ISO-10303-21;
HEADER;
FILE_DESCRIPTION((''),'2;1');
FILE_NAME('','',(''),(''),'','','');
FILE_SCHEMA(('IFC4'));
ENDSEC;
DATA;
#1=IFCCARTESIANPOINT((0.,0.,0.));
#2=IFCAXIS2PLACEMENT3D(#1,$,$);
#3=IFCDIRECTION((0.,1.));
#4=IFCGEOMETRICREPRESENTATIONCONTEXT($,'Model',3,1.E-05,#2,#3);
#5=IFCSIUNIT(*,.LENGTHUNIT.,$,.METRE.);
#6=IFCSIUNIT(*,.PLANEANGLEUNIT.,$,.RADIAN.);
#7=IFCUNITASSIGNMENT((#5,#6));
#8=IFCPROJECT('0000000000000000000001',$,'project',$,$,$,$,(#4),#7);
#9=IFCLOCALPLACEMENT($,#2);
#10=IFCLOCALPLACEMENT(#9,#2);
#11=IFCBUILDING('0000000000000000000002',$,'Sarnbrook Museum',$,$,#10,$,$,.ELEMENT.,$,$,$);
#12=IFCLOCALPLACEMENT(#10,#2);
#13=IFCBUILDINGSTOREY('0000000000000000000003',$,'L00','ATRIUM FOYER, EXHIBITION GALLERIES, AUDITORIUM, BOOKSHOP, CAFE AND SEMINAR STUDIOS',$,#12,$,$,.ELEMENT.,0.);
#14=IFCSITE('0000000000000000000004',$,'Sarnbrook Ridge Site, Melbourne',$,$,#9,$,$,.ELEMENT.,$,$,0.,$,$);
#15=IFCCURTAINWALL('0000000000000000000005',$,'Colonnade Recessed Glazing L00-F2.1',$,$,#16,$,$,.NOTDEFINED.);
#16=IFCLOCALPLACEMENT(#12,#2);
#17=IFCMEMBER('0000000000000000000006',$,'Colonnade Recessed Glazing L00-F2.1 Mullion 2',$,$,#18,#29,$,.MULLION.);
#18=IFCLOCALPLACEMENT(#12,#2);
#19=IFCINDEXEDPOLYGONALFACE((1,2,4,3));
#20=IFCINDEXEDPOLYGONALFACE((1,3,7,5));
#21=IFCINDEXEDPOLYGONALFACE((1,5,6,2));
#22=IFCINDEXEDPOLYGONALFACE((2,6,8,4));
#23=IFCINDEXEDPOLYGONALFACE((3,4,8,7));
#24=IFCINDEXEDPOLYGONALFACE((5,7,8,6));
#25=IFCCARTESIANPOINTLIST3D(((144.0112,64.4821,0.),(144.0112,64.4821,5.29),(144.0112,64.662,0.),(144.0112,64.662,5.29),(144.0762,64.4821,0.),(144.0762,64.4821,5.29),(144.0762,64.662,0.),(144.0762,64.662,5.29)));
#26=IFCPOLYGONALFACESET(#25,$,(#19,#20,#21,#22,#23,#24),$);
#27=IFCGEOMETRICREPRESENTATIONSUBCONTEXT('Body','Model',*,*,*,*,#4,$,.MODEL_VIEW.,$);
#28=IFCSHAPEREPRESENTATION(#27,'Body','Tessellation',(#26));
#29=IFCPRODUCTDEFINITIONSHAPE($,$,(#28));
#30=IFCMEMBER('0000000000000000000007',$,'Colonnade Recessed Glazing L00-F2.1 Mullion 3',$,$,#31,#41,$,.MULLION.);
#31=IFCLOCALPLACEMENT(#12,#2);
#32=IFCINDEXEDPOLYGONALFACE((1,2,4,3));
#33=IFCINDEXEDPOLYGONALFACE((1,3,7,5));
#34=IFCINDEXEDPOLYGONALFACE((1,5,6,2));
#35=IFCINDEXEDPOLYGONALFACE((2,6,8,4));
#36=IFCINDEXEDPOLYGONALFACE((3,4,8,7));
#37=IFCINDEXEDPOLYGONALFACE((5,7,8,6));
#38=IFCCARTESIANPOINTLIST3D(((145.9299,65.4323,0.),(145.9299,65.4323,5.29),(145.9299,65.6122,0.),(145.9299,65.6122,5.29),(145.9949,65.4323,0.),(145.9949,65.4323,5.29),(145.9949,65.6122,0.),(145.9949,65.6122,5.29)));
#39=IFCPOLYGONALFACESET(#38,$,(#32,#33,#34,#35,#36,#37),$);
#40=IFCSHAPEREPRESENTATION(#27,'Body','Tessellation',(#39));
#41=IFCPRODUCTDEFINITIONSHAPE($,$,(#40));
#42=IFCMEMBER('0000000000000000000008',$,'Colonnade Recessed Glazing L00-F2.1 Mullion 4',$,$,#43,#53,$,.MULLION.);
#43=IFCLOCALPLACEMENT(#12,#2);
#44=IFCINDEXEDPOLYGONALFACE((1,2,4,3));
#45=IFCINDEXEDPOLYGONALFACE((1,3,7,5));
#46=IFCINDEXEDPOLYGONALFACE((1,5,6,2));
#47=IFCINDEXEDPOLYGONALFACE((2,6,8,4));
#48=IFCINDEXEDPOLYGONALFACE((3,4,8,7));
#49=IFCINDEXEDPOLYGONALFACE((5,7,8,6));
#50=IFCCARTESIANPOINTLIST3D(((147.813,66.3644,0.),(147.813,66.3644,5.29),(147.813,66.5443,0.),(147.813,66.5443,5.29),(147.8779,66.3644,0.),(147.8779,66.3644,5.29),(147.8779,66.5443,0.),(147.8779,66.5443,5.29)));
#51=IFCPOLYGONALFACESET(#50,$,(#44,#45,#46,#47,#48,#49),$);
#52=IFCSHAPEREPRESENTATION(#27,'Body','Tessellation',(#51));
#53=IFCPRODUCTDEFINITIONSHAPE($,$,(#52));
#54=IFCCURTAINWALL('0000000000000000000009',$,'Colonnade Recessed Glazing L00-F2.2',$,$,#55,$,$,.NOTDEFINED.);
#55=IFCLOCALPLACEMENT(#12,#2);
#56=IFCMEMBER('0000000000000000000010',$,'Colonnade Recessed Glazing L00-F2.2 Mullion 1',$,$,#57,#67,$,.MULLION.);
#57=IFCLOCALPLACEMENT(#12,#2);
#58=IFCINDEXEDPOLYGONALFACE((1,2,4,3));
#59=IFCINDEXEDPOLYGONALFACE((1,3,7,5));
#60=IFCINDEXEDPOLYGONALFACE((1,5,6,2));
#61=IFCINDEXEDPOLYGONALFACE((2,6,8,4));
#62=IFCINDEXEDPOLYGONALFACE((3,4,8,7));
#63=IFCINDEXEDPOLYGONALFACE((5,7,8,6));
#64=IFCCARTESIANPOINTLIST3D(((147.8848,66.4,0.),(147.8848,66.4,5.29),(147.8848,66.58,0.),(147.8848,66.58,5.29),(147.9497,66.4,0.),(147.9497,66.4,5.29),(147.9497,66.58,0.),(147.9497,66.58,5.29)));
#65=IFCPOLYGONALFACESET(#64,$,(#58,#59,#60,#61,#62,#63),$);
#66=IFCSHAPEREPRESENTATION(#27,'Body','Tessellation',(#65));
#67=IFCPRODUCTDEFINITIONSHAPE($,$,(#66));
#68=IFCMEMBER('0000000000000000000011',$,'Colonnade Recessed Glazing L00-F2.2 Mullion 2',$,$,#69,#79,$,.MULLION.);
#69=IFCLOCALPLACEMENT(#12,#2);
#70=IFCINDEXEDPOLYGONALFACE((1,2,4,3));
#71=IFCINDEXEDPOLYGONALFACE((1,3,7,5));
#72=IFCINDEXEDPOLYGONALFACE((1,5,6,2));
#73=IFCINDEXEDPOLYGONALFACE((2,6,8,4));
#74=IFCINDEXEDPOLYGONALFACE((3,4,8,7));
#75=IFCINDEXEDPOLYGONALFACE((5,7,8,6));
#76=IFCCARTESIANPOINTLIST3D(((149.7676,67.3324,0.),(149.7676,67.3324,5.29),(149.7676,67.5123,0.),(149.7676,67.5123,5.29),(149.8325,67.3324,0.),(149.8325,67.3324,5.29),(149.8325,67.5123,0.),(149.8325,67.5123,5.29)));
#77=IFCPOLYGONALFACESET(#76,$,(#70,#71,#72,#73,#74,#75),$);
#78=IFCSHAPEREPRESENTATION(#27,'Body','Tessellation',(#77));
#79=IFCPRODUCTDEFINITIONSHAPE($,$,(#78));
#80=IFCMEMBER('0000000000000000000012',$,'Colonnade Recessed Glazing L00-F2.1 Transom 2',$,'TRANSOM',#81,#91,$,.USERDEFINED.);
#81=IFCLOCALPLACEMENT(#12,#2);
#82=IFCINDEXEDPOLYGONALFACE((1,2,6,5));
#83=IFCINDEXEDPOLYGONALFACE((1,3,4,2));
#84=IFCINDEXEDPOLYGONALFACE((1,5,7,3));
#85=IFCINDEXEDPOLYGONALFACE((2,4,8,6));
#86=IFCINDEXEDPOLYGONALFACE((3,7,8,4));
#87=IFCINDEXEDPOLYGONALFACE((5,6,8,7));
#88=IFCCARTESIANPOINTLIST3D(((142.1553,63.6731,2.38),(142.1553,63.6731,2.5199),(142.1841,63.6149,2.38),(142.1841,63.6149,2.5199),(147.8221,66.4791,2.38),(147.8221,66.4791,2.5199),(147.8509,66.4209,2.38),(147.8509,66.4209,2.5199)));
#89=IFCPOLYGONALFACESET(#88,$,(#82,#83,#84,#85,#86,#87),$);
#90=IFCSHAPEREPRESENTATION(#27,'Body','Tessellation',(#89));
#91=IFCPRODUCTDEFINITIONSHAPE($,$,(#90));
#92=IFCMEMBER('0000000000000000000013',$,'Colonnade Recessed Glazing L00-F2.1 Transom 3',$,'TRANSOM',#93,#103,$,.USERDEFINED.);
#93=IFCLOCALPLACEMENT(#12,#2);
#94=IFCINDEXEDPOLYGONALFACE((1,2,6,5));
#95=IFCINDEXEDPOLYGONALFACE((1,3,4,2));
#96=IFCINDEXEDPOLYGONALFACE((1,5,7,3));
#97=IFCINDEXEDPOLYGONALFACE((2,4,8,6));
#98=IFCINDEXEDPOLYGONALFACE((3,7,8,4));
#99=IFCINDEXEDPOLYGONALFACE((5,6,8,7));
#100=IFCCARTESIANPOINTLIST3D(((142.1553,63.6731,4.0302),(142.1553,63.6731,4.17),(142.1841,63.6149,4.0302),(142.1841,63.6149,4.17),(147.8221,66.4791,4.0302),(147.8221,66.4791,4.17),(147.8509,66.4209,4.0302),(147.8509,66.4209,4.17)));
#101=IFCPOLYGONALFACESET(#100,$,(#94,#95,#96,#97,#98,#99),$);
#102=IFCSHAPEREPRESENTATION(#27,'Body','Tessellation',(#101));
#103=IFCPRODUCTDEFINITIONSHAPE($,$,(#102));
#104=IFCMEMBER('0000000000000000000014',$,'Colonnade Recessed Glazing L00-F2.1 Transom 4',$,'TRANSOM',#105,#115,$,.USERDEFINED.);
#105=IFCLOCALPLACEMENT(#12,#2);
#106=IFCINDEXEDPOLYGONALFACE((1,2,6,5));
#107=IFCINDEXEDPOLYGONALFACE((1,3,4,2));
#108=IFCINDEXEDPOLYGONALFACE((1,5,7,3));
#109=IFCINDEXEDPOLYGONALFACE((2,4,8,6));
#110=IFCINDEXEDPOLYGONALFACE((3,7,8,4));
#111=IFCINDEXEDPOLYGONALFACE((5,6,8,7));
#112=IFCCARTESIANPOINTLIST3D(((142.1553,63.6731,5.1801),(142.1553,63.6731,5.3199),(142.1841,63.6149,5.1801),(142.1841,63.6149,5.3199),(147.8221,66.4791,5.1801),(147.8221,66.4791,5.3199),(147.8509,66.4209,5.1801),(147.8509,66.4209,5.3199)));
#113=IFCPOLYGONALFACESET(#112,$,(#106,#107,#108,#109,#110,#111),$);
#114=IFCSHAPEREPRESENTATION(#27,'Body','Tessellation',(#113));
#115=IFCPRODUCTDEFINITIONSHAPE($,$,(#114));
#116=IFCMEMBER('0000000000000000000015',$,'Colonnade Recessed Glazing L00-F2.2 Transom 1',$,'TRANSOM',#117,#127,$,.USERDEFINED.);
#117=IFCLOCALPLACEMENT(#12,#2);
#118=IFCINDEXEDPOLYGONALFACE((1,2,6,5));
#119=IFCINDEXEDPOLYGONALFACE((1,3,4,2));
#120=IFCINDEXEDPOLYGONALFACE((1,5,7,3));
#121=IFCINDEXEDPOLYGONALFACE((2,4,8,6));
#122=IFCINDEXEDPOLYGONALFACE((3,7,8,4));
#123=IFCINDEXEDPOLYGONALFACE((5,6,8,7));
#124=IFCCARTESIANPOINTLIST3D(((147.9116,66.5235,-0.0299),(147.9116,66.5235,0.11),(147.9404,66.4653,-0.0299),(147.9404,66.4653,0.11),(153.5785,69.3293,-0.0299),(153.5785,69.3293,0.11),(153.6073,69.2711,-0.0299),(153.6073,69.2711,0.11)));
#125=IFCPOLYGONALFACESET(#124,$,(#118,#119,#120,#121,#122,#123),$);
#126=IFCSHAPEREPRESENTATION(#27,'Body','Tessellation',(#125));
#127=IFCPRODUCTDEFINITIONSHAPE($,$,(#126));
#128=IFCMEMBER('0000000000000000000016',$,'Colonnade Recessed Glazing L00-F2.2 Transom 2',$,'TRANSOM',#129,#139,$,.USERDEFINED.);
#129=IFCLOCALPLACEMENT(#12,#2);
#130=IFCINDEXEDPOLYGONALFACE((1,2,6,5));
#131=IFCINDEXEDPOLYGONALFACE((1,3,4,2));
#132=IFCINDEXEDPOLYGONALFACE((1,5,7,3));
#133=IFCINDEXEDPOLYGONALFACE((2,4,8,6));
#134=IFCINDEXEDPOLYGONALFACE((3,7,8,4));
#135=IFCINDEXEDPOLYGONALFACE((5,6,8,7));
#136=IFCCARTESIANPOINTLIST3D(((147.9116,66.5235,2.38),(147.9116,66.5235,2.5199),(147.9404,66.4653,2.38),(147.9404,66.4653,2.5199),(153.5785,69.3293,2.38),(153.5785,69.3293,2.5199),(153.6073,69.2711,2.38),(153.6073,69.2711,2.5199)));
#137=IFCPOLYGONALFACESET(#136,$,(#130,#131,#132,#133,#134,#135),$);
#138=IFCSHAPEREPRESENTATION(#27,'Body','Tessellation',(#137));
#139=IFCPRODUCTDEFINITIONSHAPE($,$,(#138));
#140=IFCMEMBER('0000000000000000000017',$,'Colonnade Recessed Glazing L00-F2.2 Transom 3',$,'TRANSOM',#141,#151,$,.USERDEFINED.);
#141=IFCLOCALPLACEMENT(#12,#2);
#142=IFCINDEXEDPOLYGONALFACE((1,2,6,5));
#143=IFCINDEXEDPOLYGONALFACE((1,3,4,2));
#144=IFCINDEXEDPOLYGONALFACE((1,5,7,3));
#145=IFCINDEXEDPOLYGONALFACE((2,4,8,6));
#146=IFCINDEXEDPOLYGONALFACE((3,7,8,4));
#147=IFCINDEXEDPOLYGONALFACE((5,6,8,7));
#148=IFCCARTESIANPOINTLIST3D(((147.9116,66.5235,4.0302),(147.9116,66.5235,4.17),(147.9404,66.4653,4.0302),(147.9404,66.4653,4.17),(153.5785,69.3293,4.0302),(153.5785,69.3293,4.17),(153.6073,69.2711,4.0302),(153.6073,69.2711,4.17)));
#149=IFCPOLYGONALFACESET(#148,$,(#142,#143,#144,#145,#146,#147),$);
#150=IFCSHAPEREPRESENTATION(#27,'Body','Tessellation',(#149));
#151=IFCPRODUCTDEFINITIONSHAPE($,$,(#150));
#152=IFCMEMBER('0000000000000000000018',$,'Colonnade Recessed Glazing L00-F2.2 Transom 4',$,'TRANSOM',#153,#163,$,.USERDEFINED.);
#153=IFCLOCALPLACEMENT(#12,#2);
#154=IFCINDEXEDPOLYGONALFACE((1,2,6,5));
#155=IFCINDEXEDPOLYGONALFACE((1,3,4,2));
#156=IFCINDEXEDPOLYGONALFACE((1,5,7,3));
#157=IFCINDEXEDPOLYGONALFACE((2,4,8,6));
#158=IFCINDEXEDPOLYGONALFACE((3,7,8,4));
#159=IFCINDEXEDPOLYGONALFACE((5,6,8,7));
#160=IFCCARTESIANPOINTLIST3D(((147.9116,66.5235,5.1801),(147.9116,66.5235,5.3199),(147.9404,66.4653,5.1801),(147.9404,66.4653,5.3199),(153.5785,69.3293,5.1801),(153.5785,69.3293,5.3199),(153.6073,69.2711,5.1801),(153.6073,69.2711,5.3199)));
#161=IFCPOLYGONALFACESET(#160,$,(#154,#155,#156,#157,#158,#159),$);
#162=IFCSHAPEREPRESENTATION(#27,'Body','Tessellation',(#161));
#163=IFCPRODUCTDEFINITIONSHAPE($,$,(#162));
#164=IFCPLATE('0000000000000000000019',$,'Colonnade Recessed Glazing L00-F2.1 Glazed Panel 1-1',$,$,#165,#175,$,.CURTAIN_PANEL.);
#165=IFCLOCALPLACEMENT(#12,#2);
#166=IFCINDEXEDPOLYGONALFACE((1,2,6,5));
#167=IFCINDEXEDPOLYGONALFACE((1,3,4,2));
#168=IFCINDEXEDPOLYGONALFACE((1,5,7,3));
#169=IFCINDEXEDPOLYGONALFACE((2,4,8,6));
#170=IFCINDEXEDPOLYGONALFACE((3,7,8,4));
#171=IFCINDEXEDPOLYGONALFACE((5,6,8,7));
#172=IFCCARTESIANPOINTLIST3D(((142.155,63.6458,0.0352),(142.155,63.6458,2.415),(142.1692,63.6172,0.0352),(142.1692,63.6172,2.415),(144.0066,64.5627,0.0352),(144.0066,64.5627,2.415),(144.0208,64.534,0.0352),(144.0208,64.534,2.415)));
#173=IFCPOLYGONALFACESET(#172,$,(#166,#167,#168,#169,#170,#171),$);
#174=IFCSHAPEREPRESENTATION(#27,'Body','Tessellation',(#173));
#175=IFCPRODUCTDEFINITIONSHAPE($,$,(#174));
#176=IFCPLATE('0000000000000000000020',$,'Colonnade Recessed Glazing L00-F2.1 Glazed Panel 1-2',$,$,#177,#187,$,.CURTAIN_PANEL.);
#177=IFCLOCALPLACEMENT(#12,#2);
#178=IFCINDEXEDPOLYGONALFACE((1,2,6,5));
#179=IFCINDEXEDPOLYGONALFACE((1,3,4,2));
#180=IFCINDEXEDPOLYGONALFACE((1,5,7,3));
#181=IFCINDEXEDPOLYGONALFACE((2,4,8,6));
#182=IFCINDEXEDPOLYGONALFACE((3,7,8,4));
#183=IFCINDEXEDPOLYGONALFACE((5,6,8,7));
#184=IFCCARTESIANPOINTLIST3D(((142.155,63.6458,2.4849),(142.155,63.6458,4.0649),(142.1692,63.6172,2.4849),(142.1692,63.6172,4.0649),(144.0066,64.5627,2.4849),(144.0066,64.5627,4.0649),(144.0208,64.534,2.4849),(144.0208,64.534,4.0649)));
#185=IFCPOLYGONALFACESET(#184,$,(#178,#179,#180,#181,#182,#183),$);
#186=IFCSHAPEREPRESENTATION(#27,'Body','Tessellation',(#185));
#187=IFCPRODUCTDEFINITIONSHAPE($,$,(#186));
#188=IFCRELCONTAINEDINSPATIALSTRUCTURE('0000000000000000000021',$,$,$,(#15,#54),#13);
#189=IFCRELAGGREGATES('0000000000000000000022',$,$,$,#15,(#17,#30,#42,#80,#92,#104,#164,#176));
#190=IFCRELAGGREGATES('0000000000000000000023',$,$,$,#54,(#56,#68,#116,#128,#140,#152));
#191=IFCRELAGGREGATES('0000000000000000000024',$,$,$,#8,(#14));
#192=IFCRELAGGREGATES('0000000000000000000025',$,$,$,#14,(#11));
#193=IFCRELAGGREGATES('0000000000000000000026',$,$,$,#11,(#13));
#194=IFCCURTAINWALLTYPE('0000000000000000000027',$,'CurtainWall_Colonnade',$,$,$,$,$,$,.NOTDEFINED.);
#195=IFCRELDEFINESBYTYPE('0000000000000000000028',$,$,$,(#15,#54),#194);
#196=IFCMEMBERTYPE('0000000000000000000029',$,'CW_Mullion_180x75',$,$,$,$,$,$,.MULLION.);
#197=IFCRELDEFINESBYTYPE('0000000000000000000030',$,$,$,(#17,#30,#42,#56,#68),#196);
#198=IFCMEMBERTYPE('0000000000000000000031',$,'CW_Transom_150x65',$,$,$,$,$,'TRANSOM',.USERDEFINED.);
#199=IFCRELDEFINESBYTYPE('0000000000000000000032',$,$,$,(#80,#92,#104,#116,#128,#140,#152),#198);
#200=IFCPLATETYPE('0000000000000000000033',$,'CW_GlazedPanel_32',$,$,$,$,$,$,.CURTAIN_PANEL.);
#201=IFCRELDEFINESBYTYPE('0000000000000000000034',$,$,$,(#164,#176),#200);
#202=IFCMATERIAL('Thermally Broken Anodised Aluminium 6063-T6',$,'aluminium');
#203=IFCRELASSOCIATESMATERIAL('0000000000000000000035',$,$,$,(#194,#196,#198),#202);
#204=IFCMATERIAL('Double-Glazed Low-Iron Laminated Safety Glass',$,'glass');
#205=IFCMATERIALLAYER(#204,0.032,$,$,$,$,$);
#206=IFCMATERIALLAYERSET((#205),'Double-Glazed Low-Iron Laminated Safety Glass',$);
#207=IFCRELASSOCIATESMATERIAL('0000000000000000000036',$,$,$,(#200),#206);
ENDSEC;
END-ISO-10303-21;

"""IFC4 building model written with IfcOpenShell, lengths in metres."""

from ifc_helpers import new_model, si_unit, direction, frame, origin, origin_2d, place, context, subcontext, project, spatial, rectangle, extrude, material, layer, layer_set, material_profile, profile_set, type_object, element, aggregate, save


model = new_model("IFC4")

# Units and contexts
model_context = context("Model", 3, precision=1e-05, world=origin(), true_north=direction((0.0, 1.0)))
body_context = subcontext(model_context, "Body", "Model", "MODEL_VIEW")
ifc_project = project(units=[si_unit("LENGTHUNIT", "METRE"), si_unit("PLANEANGLEUNIT", "RADIAN")], contexts=[model_context])

# Site, building, storey
site_placement = place(None, origin())
site = spatial("IfcSite", under=ifc_project, at=site_placement, Name="Sarnbrook Ridge Site, Melbourne", CompositionType="ELEMENT", RefElevation=0.0)
building_placement = place(site_placement, origin())
building = spatial("IfcBuilding", under=site, at=building_placement, Name="Sarnbrook Museum", CompositionType="ELEMENT")
storey_placement = place(building_placement, origin())
storey = spatial("IfcBuildingStorey", under=building, at=storey_placement, Name="L00", Description="ATRIUM FOYER, EXHIBITION GALLERIES, AUDITORIUM, BOOKSHOP, CAFE AND SEMINAR STUDIOS", CompositionType="ELEMENT", Elevation=0.0)

# Curtain walls, members
ifc_material_1 = material(Name="Thermally Broken Anodised Aluminium 6063-T6", Category="aluminium")
curtain_wall_type = type_object("IfcCurtainWallType", Name="CurtainWall_Colonnade", PredefinedType="NOTDEFINED", material=ifc_material_1)
curtain_wall_1_placement = place(storey_placement, origin())
curtain_wall_1 = element("IfcCurtainWall", 1, at=curtain_wall_1_placement, inside=storey, type_object=curtain_wall_type, Name="Colonnade Recessed Glazing L00-F2.1", PredefinedType="NOTDEFINED")
ifc_material_profile_1 = material_profile(ifc_material_1, rectangle(XDim=0.0649, YDim=0.1799, at=origin_2d()), Name="ALU MULLION 65x180")
ifc_profile_set_1 = profile_set([ifc_material_profile_1], Name="Thermally Broken Anodised Aluminium 6063-T6")
member_type_1 = type_object("IfcMemberType", Name="CW_Mullion_180x75", PredefinedType="MULLION", material=ifc_profile_set_1)
member_1_placement = place(storey_placement, frame((144.0437, 64.572, 0.0), z_axis=(0.0, 0.0, 1.0), x_axis=(1.0, 0.0, 0.0)))
member_1 = element("IfcMember", 2, at=member_1_placement, type_object=member_type_1, Name="Colonnade Recessed Glazing L00-F2.1 Mullion 2", PredefinedType="MULLION", context=body_context, shape_type="SweptSolid", body=[
    extrude(rectangle(XDim=0.0649, YDim=0.1799, at=origin_2d()), origin(), (0.0, 0.0, 1.0), 5.29),
])
member_2_placement = place(storey_placement, frame((145.9624, 65.5222, 0.0), z_axis=(0.0, 0.0, 1.0), x_axis=(1.0, 0.0, 0.0)))
member_2 = element("IfcMember", 3, at=member_2_placement, type_object=member_type_1, Name="Colonnade Recessed Glazing L00-F2.1 Mullion 3", PredefinedType="MULLION", context=body_context, shape_type="SweptSolid", body=[
    extrude(rectangle(XDim=0.0649, YDim=0.1799, at=origin_2d()), origin(), (0.0, 0.0, 1.0), 5.29),
])
member_3_placement = place(storey_placement, frame((147.8455, 66.4543, 0.0), z_axis=(0.0, 0.0, 1.0), x_axis=(1.0, 0.0, 0.0)))
member_3 = element("IfcMember", 4, at=member_3_placement, type_object=member_type_1, Name="Colonnade Recessed Glazing L00-F2.1 Mullion 4", PredefinedType="MULLION", context=body_context, shape_type="SweptSolid", body=[
    extrude(rectangle(XDim=0.0649, YDim=0.1799, at=origin_2d()), origin(), (0.0, 0.0, 1.0), 5.29),
])
curtain_wall_2_placement = place(storey_placement, origin())
curtain_wall_2 = element("IfcCurtainWall", 5, at=curtain_wall_2_placement, inside=storey, type_object=curtain_wall_type, Name="Colonnade Recessed Glazing L00-F2.2", PredefinedType="NOTDEFINED")
member_4_placement = place(storey_placement, frame((147.9172, 66.49, 0.0), z_axis=(0.0, 0.0, 1.0), x_axis=(1.0, 0.0, 0.0)))
member_4 = element("IfcMember", 6, at=member_4_placement, type_object=member_type_1, Name="Colonnade Recessed Glazing L00-F2.2 Mullion 1", PredefinedType="MULLION", context=body_context, shape_type="SweptSolid", body=[
    extrude(rectangle(XDim=0.0649, YDim=0.1799, at=origin_2d()), origin(), (0.0, 0.0, 1.0), 5.29),
])
member_5_placement = place(storey_placement, frame((149.8, 67.4224, 0.0), z_axis=(0.0, 0.0, 1.0), x_axis=(1.0, 0.0, 0.0)))
member_5 = element("IfcMember", 7, at=member_5_placement, type_object=member_type_1, Name="Colonnade Recessed Glazing L00-F2.2 Mullion 2", PredefinedType="MULLION", context=body_context, shape_type="SweptSolid", body=[
    extrude(rectangle(XDim=0.0649, YDim=0.1799, at=origin_2d()), origin(), (0.0, 0.0, 1.0), 5.29),
])

# Members
ifc_material_profile_2 = material_profile(ifc_material_1, rectangle(XDim=0.0649, YDim=0.1399, at=origin_2d()), Name="ALU TRANSOM 65x140")
ifc_profile_set_2 = profile_set([ifc_material_profile_2], Name="Thermally Broken Anodised Aluminium 6063-T6")
member_type_2 = type_object("IfcMemberType", Name="CW_Transom_150x65", ElementType="TRANSOM", PredefinedType="USERDEFINED", material=ifc_profile_set_2)
member_6_placement = place(storey_placement, frame((142.1697, 63.644, 2.45), z_axis=(0.896158, 0.443735, 0.0), x_axis=(-0.443735, 0.896158, 0.0)))
member_6 = element("IfcMember", 8, at=member_6_placement, type_object=member_type_2, Name="Colonnade Recessed Glazing L00-F2.1 Transom 2", ObjectType="TRANSOM", PredefinedType="USERDEFINED", context=body_context, shape_type="SweptSolid", body=[
    extrude(rectangle(XDim=0.0649, YDim=0.1399, at=origin_2d()), origin(), (0.0, 0.0, 1.0), 6.3235),
])
member_7_placement = place(storey_placement, frame((142.1697, 63.644, 4.1001), z_axis=(0.896158, 0.443735, 0.0), x_axis=(-0.443735, 0.896158, 0.0)))
member_7 = element("IfcMember", 9, at=member_7_placement, type_object=member_type_2, Name="Colonnade Recessed Glazing L00-F2.1 Transom 3", ObjectType="TRANSOM", PredefinedType="USERDEFINED", context=body_context, shape_type="SweptSolid", body=[
    extrude(rectangle(XDim=0.0649, YDim=0.1399, at=origin_2d()), origin(), (0.0, 0.0, 1.0), 6.3235),
])
member_8_placement = place(storey_placement, frame((142.1697, 63.644, 5.25), z_axis=(0.896158, 0.443735, 0.0), x_axis=(-0.443735, 0.896158, 0.0)))
member_8 = element("IfcMember", 10, at=member_8_placement, type_object=member_type_2, Name="Colonnade Recessed Glazing L00-F2.1 Transom 4", ObjectType="TRANSOM", PredefinedType="USERDEFINED", context=body_context, shape_type="SweptSolid", body=[
    extrude(rectangle(XDim=0.0649, YDim=0.1399, at=origin_2d()), origin(), (0.0, 0.0, 1.0), 6.3235),
])
member_9_placement = place(storey_placement, frame((147.926, 66.4944, 0.04), z_axis=(0.896165, 0.44372, 0.0), x_axis=(-0.44372, 0.896165, 0.0)))
member_9 = element("IfcMember", 11, at=member_9_placement, type_object=member_type_2, Name="Colonnade Recessed Glazing L00-F2.2 Transom 1", ObjectType="TRANSOM", PredefinedType="USERDEFINED", context=body_context, shape_type="SweptSolid", body=[
    extrude(rectangle(XDim=0.0649, YDim=0.1399, at=origin_2d()), origin(), (0.0, 0.0, 1.0), 6.3235),
])
member_10_placement = place(storey_placement, frame((147.926, 66.4944, 2.45), z_axis=(0.896165, 0.44372, 0.0), x_axis=(-0.44372, 0.896165, 0.0)))
member_10 = element("IfcMember", 12, at=member_10_placement, type_object=member_type_2, Name="Colonnade Recessed Glazing L00-F2.2 Transom 2", ObjectType="TRANSOM", PredefinedType="USERDEFINED", context=body_context, shape_type="SweptSolid", body=[
    extrude(rectangle(XDim=0.0649, YDim=0.1399, at=origin_2d()), origin(), (0.0, 0.0, 1.0), 6.3235),
])
member_11_placement = place(storey_placement, frame((147.926, 66.4944, 4.1001), z_axis=(0.896165, 0.44372, 0.0), x_axis=(-0.44372, 0.896165, 0.0)))
member_11 = element("IfcMember", 13, at=member_11_placement, type_object=member_type_2, Name="Colonnade Recessed Glazing L00-F2.2 Transom 3", ObjectType="TRANSOM", PredefinedType="USERDEFINED", context=body_context, shape_type="SweptSolid", body=[
    extrude(rectangle(XDim=0.0649, YDim=0.1399, at=origin_2d()), origin(), (0.0, 0.0, 1.0), 6.3235),
])
member_12_placement = place(storey_placement, frame((147.926, 66.4944, 5.25), z_axis=(0.896165, 0.44372, 0.0), x_axis=(-0.44372, 0.896165, 0.0)))
member_12 = element("IfcMember", 14, at=member_12_placement, type_object=member_type_2, Name="Colonnade Recessed Glazing L00-F2.2 Transom 4", ObjectType="TRANSOM", PredefinedType="USERDEFINED", context=body_context, shape_type="SweptSolid", body=[
    extrude(rectangle(XDim=0.0649, YDim=0.1399, at=origin_2d()), origin(), (0.0, 0.0, 1.0), 6.3235),
])

# Plates
ifc_material_2 = material(Name="Double-Glazed Low-Iron Laminated Safety Glass", Category="glass")
ifc_layer = layer(ifc_material_2, 0.032)
ifc_layer_set = layer_set([ifc_layer], Name="Double-Glazed Low-Iron Laminated Safety Glass")
plate_type = type_object("IfcPlateType", Name="CW_GlazedPanel_32", PredefinedType="CURTAIN_PANEL", material=ifc_layer_set)
plate_1_placement = place(storey_placement, frame((143.0808, 64.1042, 1.2251), z_axis=(0.443729, -0.896161, 0.0), x_axis=(0.896161, 0.443729, 0.0)))
plate_1 = element("IfcPlate", 15, at=plate_1_placement, type_object=plate_type, Name="Colonnade Recessed Glazing L00-F2.1 Glazed Panel 1-1", PredefinedType="CURTAIN_PANEL", context=body_context, shape_type="SweptSolid", body=[
    extrude(rectangle(XDim=2.0662, YDim=2.3799, at=origin_2d()), origin(), (0.0, 0.0, 1.0), 0.032),
])
plate_2_placement = place(storey_placement, frame((143.0808, 64.1042, 3.2749), z_axis=(0.443729, -0.896161, 0.0), x_axis=(0.896161, 0.443729, 0.0)))
plate_2 = element("IfcPlate", 16, at=plate_2_placement, type_object=plate_type, Name="Colonnade Recessed Glazing L00-F2.1 Glazed Panel 1-2", PredefinedType="CURTAIN_PANEL", context=body_context, shape_type="SweptSolid", body=[
    extrude(rectangle(XDim=2.0662, YDim=1.5801, at=origin_2d()), origin(), (0.0, 0.0, 1.0), 0.032),
])
aggregate(curtain_wall_1, [member_1, member_2, member_3, member_6, member_7, member_8, plate_1, plate_2])
aggregate(curtain_wall_2, [member_4, member_5, member_9, member_10, member_11, member_12])

save(model, "model.ifc")
